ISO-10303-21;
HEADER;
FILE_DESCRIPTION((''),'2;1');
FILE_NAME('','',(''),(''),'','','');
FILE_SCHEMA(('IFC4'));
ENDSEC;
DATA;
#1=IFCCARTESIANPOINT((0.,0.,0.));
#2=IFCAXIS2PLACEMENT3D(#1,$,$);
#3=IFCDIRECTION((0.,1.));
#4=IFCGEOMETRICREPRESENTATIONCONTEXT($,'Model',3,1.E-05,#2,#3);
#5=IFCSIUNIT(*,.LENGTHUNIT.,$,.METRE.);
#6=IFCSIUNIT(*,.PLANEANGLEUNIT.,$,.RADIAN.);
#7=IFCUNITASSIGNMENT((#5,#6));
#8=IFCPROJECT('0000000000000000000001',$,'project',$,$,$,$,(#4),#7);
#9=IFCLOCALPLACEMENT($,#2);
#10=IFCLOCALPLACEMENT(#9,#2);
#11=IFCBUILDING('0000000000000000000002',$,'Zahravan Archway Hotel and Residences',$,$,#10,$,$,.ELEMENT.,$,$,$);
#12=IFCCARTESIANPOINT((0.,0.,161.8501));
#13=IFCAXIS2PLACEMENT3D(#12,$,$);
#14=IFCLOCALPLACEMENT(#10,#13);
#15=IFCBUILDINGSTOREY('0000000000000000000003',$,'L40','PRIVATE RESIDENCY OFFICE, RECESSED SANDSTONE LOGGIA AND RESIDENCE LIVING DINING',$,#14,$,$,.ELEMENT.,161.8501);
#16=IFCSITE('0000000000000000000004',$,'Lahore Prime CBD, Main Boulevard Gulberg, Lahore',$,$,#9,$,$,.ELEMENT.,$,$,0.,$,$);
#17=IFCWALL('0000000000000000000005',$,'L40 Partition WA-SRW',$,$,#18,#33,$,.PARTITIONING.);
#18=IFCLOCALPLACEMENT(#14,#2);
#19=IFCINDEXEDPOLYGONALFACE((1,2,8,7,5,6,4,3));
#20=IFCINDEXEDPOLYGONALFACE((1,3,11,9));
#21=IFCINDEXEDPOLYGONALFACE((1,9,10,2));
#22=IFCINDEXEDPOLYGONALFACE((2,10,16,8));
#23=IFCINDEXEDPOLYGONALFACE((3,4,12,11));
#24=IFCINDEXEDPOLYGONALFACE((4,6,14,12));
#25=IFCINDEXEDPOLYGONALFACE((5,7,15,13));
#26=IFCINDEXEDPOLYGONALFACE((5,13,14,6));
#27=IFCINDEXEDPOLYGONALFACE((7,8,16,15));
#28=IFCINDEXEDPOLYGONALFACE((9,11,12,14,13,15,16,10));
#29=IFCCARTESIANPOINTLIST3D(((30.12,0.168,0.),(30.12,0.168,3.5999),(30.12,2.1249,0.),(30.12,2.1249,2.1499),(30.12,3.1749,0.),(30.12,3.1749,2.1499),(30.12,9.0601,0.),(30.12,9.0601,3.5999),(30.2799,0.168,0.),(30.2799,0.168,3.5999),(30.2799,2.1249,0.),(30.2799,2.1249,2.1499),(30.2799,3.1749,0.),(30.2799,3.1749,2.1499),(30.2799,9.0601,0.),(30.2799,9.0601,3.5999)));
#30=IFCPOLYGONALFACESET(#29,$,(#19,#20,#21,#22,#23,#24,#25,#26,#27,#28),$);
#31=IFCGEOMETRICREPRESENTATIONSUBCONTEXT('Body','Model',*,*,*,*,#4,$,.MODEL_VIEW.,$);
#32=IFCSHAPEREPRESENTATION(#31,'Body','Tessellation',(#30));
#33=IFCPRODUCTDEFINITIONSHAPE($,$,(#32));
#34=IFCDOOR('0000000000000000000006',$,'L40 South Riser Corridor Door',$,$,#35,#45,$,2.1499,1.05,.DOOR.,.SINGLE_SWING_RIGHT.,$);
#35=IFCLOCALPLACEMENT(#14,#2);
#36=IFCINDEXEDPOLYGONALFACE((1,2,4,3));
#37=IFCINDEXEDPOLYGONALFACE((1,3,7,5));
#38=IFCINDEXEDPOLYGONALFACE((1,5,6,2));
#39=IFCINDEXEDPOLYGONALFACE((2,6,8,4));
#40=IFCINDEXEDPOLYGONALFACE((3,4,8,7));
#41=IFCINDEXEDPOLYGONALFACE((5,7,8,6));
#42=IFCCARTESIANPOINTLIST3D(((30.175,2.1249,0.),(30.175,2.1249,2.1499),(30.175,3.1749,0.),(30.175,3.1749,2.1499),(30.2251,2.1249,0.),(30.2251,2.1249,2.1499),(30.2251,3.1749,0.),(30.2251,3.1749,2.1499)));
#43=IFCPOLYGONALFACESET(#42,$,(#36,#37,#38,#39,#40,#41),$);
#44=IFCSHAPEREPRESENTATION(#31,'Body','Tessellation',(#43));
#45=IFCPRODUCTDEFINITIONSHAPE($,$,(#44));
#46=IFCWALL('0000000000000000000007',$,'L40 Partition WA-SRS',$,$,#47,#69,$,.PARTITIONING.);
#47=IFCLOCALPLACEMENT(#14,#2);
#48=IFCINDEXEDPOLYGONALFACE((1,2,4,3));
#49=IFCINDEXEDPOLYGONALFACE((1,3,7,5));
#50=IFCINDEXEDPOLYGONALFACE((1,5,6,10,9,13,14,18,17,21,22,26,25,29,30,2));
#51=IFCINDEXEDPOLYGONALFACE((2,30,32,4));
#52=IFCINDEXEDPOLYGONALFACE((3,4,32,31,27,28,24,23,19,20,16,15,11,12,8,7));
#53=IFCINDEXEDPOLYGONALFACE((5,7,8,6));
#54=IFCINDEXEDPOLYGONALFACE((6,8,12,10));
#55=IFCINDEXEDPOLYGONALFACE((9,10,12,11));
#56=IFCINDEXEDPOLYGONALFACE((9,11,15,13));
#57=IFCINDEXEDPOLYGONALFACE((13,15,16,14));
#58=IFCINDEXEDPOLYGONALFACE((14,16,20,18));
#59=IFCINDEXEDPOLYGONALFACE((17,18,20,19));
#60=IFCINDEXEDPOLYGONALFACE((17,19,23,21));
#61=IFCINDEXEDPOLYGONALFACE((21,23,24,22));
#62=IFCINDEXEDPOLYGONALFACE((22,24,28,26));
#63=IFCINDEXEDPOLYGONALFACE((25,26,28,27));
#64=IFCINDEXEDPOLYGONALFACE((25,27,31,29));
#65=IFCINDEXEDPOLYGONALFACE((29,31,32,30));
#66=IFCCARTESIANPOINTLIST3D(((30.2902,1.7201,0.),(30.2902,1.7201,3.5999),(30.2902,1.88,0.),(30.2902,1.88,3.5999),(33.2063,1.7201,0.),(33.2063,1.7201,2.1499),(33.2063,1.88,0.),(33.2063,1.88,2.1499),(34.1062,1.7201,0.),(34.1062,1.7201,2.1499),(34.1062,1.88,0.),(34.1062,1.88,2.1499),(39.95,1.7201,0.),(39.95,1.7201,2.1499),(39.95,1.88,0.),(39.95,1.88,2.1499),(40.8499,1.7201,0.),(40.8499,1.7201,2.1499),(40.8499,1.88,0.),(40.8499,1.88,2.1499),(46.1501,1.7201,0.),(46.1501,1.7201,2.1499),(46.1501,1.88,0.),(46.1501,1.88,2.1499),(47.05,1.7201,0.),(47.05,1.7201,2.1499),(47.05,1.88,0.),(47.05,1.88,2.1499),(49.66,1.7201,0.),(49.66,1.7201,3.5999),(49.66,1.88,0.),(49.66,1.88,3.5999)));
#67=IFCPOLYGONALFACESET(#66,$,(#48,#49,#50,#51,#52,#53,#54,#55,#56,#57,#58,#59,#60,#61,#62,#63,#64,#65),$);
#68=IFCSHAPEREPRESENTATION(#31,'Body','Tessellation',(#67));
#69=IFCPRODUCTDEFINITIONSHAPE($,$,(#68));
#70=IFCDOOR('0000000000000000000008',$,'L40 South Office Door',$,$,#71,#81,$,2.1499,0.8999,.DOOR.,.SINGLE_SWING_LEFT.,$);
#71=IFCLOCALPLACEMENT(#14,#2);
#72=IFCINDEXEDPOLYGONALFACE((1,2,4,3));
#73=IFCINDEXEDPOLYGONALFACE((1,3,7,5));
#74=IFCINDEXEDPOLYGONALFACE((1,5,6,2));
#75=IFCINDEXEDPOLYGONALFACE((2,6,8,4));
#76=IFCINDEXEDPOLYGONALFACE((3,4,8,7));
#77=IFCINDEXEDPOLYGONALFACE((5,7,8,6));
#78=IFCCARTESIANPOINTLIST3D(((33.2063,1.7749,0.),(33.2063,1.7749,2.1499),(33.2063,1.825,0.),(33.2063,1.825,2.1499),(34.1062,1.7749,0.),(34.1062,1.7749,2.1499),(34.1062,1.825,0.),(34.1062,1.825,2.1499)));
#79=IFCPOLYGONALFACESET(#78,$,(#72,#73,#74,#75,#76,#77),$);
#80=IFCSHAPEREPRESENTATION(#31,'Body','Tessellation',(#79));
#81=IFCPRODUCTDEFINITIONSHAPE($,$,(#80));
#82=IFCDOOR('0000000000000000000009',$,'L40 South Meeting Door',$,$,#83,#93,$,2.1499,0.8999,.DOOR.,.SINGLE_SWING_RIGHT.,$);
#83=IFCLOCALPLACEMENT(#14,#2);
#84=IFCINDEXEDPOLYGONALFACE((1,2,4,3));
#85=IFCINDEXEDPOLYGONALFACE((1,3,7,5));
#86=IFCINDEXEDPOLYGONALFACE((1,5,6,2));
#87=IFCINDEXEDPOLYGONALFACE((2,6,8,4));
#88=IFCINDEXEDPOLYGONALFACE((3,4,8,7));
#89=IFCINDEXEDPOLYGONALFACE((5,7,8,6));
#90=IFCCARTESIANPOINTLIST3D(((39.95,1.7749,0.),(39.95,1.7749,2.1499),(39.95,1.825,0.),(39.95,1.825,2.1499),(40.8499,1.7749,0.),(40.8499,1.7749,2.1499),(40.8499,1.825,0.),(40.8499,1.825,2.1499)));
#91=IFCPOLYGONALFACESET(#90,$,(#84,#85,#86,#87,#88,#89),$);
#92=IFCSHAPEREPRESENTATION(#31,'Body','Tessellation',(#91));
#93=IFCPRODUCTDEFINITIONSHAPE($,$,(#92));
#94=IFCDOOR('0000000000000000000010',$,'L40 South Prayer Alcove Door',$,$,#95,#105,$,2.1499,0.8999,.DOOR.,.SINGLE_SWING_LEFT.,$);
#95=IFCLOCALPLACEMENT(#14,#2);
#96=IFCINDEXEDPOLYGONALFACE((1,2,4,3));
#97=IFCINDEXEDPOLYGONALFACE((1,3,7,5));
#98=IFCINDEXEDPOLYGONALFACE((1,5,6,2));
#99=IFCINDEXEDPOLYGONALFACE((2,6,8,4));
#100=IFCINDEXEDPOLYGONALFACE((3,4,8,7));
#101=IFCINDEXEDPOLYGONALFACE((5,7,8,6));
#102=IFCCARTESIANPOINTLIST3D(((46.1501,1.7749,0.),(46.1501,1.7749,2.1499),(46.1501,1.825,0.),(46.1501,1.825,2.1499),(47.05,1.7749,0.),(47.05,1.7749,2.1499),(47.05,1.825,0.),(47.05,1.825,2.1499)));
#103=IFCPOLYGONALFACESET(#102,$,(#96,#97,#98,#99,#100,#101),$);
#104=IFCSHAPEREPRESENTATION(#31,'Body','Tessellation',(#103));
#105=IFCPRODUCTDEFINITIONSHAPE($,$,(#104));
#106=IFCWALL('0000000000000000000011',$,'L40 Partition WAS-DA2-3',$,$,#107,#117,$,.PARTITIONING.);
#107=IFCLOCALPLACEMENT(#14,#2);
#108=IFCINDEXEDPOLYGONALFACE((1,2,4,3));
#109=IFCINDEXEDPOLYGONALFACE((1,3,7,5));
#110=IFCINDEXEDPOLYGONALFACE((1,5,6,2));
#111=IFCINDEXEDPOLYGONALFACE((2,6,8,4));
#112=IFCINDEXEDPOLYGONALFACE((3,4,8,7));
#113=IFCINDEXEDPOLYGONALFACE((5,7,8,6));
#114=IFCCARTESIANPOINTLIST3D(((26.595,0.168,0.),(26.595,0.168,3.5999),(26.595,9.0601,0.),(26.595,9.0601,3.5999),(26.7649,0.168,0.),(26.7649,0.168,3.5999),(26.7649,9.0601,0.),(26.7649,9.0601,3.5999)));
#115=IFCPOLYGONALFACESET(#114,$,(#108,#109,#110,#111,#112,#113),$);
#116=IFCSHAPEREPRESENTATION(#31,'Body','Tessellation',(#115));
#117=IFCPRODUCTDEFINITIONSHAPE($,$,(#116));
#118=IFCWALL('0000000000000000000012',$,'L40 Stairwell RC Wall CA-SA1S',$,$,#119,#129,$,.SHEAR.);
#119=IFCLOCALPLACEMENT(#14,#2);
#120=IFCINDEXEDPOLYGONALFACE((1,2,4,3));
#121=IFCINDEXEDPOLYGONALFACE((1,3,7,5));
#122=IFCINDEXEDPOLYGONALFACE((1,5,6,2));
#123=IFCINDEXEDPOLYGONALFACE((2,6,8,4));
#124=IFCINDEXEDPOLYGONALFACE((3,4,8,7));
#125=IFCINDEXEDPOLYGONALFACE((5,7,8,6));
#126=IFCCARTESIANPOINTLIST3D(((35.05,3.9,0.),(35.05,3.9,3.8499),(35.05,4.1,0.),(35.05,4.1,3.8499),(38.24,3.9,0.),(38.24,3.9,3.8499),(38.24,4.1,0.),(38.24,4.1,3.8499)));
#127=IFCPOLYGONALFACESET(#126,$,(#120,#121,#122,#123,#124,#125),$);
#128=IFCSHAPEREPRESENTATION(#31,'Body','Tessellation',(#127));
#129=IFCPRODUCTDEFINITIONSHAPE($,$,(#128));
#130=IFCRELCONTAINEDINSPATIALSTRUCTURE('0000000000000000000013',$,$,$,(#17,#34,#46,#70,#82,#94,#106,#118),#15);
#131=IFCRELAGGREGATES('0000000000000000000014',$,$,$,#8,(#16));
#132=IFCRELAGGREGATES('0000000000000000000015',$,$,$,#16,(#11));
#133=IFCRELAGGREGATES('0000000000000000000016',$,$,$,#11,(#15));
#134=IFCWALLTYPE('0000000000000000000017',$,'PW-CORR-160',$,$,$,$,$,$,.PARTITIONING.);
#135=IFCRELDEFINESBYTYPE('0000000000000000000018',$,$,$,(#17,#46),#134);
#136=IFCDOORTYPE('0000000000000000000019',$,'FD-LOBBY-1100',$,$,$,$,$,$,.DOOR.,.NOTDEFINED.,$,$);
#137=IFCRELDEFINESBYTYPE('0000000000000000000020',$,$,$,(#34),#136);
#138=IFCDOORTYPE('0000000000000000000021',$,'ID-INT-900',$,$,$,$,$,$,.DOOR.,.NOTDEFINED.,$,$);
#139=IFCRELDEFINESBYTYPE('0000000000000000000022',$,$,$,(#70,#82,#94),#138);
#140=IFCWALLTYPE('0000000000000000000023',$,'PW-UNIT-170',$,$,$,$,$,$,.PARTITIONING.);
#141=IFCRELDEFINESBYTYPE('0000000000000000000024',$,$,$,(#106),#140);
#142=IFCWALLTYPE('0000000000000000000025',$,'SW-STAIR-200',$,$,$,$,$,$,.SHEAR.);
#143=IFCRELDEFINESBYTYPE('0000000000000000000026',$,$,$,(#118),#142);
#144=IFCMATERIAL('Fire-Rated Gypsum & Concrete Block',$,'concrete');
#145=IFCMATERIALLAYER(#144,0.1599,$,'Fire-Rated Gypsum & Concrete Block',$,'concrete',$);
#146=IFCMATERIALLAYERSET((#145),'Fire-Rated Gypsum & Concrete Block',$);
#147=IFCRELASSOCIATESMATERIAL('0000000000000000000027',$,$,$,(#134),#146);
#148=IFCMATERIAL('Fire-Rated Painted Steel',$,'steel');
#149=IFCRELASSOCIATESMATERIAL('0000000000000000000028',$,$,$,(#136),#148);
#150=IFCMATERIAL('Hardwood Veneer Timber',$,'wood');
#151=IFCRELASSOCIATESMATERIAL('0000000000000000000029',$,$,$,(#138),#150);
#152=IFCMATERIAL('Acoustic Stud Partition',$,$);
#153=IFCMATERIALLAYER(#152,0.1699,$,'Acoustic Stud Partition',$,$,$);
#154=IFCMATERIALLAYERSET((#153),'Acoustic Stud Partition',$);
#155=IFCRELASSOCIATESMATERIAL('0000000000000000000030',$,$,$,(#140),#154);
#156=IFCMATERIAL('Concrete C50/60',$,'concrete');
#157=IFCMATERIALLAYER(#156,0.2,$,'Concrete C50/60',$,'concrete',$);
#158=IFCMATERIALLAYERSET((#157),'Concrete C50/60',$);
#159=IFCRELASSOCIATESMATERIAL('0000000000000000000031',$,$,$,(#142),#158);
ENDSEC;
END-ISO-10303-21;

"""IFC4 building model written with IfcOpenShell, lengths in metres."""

from ifc_helpers import new_model, si_unit, direction, frame, frame_2d, origin, place, context, subcontext, project, spatial, rectangle, extrude, source, transform, mapped, material, layer, layer_set, type_object, type_shapes, element, fill, save


model = new_model("IFC4")

# Units and contexts
model_context = context("Model", 3, precision=1e-05, world=origin(), true_north=direction((0.0, 1.0)))
body_context = subcontext(model_context, "Body", "Model", "MODEL_VIEW")
ifc_project = project(units=[si_unit("LENGTHUNIT", "METRE"), si_unit("PLANEANGLEUNIT", "RADIAN")], contexts=[model_context])

# Site, building, storey
site_placement = place(None, origin())
site = spatial("IfcSite", under=ifc_project, at=site_placement, Name="Lahore Prime CBD, Main Boulevard Gulberg, Lahore", CompositionType="ELEMENT", RefElevation=0.0)
building_placement = place(site_placement, origin())
building = spatial("IfcBuilding", under=site, at=building_placement, Name="Zahravan Archway Hotel and Residences", CompositionType="ELEMENT")
storey_placement = place(building_placement, frame((0.0, 0.0, 161.8501)))
storey = spatial("IfcBuildingStorey", under=building, at=storey_placement, Name="L40", Description="PRIVATE RESIDENCY OFFICE, RECESSED SANDSTONE LOGGIA AND RESIDENCE LIVING DINING", CompositionType="ELEMENT", Elevation=161.8501)

# Shared definitions
ifc_material_1 = material(Name="Fire-Rated Painted Steel", Category="steel")

# Wall, opening, door
ifc_material_2 = material(Name="Fire-Rated Gypsum & Concrete Block", Category="concrete")
ifc_layer_1 = layer(ifc_material_2, 0.1599, Name="Fire-Rated Gypsum & Concrete Block", Category="concrete")
ifc_layer_set_1 = layer_set([ifc_layer_1], Name="Fire-Rated Gypsum & Concrete Block")
wall_type_1 = type_object("IfcWallType", Name="PW-CORR-160", PredefinedType="PARTITIONING", material=ifc_layer_set_1)
wall_1_placement = place(storey_placement, frame((30.2, 0.168, 0.0), z_axis=(0.0, 0.0, 1.0), x_axis=(0.0, 1.0, 0.0)))
wall_1 = element("IfcWall", 1, at=wall_1_placement, inside=storey, type_object=wall_type_1, Name="L40 Partition WA-SRW", PredefinedType="PARTITIONING", context=body_context, shape_type="SweptSolid", body=[
    extrude(rectangle(XDim=8.8921, YDim=0.1599, at=frame_2d((4.446, 0.0))), origin(), (0.0, 0.0, 1.0), 3.5999),
])
opening_1_placement = place(wall_1_placement, frame((1.957, 0.0, 0.0)))
opening_1 = element("IfcOpeningElement", 2, at=opening_1_placement, cuts=wall_1, PredefinedType="OPENING", context=body_context, shape_type="SweptSolid", body=[
    extrude(rectangle(XDim=1.05, YDim=2.1499, at=frame_2d((0.5249, 1.075))), frame((0.0, 0.0898, 0.0), z_axis=(0.0, -1.0, 0.0), x_axis=(1.0, 0.0, 0.0)), (0.0, 0.0, 1.0), 0.1799),
])
door_type_1 = type_object("IfcDoorType", Name="FD-LOBBY-1100", OperationType="NOTDEFINED", PredefinedType="DOOR", material=ifc_material_1)
shared_shape_1 = source(origin(), body_context, "Body", "SweptSolid", [
    extrude(rectangle(XDim=1.05, YDim=2.1499, at=frame_2d((0.5249, 1.075))), frame((0.0, 0.0249, 0.0), z_axis=(0.0, -1.0, 0.0), x_axis=(1.0, 0.0, 0.0)), (0.0, 0.0, 1.0), 0.05),
])
type_shapes(door_type_1, [shared_shape_1])
door_1_placement = place(opening_1_placement, origin())
door_1 = element("IfcDoor", 3, at=door_1_placement, inside=storey, type_object=door_type_1, Name="L40 South Riser Corridor Door", OperationType="SINGLE_SWING_RIGHT", OverallHeight=2.1499, OverallWidth=1.05, PredefinedType="DOOR", context=body_context, shape_type="MappedRepresentation", body=[
    mapped(shared_shape_1, transform((0.0, 0.0, 0.0), scale=1.0)),
])
fill(opening_1, door_1)

# Wall, openings, doors
wall_2_placement = place(storey_placement, frame((30.29, 1.8, 0.0), z_axis=(0.0, 0.0, 1.0), x_axis=(1.0, 0.0, 0.0)))
wall_2 = element("IfcWall", 4, at=wall_2_placement, inside=storey, type_object=wall_type_1, Name="L40 Partition WA-SRS", PredefinedType="PARTITIONING", context=body_context, shape_type="SweptSolid", body=[
    extrude(rectangle(XDim=19.3699, YDim=0.1599, at=frame_2d((9.6851, 0.0))), origin(), (0.0, 0.0, 1.0), 3.5999),
])
opening_2_placement = place(wall_2_placement, frame((2.9163, 0.0, 0.0)))
opening_2 = element("IfcOpeningElement", 5, at=opening_2_placement, cuts=wall_2, PredefinedType="OPENING", context=body_context, shape_type="SweptSolid", body=[
    extrude(rectangle(XDim=0.8999, YDim=2.1499, at=frame_2d((0.45, 1.075))), frame((0.0, 0.0898, 0.0), z_axis=(0.0, -1.0, 0.0), x_axis=(1.0, 0.0, 0.0)), (0.0, 0.0, 1.0), 0.1799),
])
opening_3_placement = place(wall_2_placement, frame((9.6599, 0.0, 0.0)))
opening_3 = element("IfcOpeningElement", 6, at=opening_3_placement, cuts=wall_2, PredefinedType="OPENING", context=body_context, shape_type="SweptSolid", body=[
    extrude(rectangle(XDim=0.8999, YDim=2.1499, at=frame_2d((0.45, 1.075))), frame((0.0, 0.0898, 0.0), z_axis=(0.0, -1.0, 0.0), x_axis=(1.0, 0.0, 0.0)), (0.0, 0.0, 1.0), 0.1799),
])
opening_4_placement = place(wall_2_placement, frame((15.8601, 0.0, 0.0)))
opening_4 = element("IfcOpeningElement", 7, at=opening_4_placement, cuts=wall_2, PredefinedType="OPENING", context=body_context, shape_type="SweptSolid", body=[
    extrude(rectangle(XDim=0.8999, YDim=2.1499, at=frame_2d((0.45, 1.075))), frame((0.0, 0.0898, 0.0), z_axis=(0.0, -1.0, 0.0), x_axis=(1.0, 0.0, 0.0)), (0.0, 0.0, 1.0), 0.1799),
])
ifc_material_3 = material(Name="Hardwood Veneer Timber", Category="wood")
door_type_2 = type_object("IfcDoorType", Name="ID-INT-900", OperationType="NOTDEFINED", PredefinedType="DOOR", material=ifc_material_3)
shared_shape_2 = source(origin(), body_context, "Body", "SweptSolid", [
    extrude(rectangle(XDim=0.8999, YDim=2.1499, at=frame_2d((0.45, 1.075))), frame((0.0, 0.0249, 0.0), z_axis=(0.0, -1.0, 0.0), x_axis=(1.0, 0.0, 0.0)), (0.0, 0.0, 1.0), 0.05),
])
type_shapes(door_type_2, [shared_shape_2])
door_2_placement = place(opening_2_placement, origin())
door_2 = element("IfcDoor", 8, at=door_2_placement, inside=storey, type_object=door_type_2, Name="L40 South Office Door", OperationType="SINGLE_SWING_LEFT", OverallHeight=2.1499, OverallWidth=0.8999, PredefinedType="DOOR", context=body_context, shape_type="MappedRepresentation", body=[
    mapped(shared_shape_2, transform((0.0, 0.0, 0.0), scale=1.0)),
])
fill(opening_2, door_2)
door_3_placement = place(opening_3_placement, origin())
door_3 = element("IfcDoor", 9, at=door_3_placement, inside=storey, type_object=door_type_2, Name="L40 South Meeting Door", OperationType="SINGLE_SWING_RIGHT", OverallHeight=2.1499, OverallWidth=0.8999, PredefinedType="DOOR", context=body_context, shape_type="MappedRepresentation", body=[
    mapped(shared_shape_2, transform((0.0, 0.0, 0.0), scale=1.0)),
])
fill(opening_3, door_3)
door_4_placement = place(opening_4_placement, origin())
door_4 = element("IfcDoor", 10, at=door_4_placement, inside=storey, type_object=door_type_2, Name="L40 South Prayer Alcove Door", OperationType="SINGLE_SWING_LEFT", OverallHeight=2.1499, OverallWidth=0.8999, PredefinedType="DOOR", context=body_context, shape_type="MappedRepresentation", body=[
    mapped(shared_shape_2, transform((0.0, 0.0, 0.0), scale=1.0)),
])
fill(opening_4, door_4)

# Walls
ifc_material_4 = material(Name="Acoustic Stud Partition")
ifc_layer_2 = layer(ifc_material_4, 0.1699, Name="Acoustic Stud Partition")
ifc_layer_set_2 = layer_set([ifc_layer_2], Name="Acoustic Stud Partition")
wall_type_2 = type_object("IfcWallType", Name="PW-UNIT-170", PredefinedType="PARTITIONING", material=ifc_layer_set_2)
wall_3_placement = place(storey_placement, frame((26.6799, 0.168, 0.0), z_axis=(0.0, 0.0, 1.0), x_axis=(0.0, 1.0, 0.0)))
element("IfcWall", 11, at=wall_3_placement, inside=storey, type_object=wall_type_2, Name="L40 Partition WAS-DA2-3", PredefinedType="PARTITIONING", context=body_context, shape_type="SweptSolid", body=[
    extrude(rectangle(XDim=8.8921, YDim=0.1699, at=frame_2d((4.446, 0.0))), origin(), (0.0, 0.0, 1.0), 3.5999),
])
ifc_material_5 = material(Name="Concrete C50/60", Category="concrete")
ifc_layer_3 = layer(ifc_material_5, 0.2, Name="Concrete C50/60", Category="concrete")
ifc_layer_set_3 = layer_set([ifc_layer_3], Name="Concrete C50/60")
wall_type_3 = type_object("IfcWallType", Name="SW-STAIR-200", PredefinedType="SHEAR", material=ifc_layer_set_3)
wall_4_placement = place(storey_placement, frame((35.05, 4.0, 0.0), z_axis=(0.0, 0.0, 1.0), x_axis=(1.0, 0.0, 0.0)))
element("IfcWall", 12, at=wall_4_placement, inside=storey, type_object=wall_type_3, Name="L40 Stairwell RC Wall CA-SA1S", PredefinedType="SHEAR", context=body_context, shape_type="SweptSolid", body=[
    extrude(rectangle(XDim=3.1899, YDim=0.2, at=frame_2d((1.595, 0.0))), origin(), (0.0, 0.0, 1.0), 3.8499),
])

save(model, "model.ifc")
